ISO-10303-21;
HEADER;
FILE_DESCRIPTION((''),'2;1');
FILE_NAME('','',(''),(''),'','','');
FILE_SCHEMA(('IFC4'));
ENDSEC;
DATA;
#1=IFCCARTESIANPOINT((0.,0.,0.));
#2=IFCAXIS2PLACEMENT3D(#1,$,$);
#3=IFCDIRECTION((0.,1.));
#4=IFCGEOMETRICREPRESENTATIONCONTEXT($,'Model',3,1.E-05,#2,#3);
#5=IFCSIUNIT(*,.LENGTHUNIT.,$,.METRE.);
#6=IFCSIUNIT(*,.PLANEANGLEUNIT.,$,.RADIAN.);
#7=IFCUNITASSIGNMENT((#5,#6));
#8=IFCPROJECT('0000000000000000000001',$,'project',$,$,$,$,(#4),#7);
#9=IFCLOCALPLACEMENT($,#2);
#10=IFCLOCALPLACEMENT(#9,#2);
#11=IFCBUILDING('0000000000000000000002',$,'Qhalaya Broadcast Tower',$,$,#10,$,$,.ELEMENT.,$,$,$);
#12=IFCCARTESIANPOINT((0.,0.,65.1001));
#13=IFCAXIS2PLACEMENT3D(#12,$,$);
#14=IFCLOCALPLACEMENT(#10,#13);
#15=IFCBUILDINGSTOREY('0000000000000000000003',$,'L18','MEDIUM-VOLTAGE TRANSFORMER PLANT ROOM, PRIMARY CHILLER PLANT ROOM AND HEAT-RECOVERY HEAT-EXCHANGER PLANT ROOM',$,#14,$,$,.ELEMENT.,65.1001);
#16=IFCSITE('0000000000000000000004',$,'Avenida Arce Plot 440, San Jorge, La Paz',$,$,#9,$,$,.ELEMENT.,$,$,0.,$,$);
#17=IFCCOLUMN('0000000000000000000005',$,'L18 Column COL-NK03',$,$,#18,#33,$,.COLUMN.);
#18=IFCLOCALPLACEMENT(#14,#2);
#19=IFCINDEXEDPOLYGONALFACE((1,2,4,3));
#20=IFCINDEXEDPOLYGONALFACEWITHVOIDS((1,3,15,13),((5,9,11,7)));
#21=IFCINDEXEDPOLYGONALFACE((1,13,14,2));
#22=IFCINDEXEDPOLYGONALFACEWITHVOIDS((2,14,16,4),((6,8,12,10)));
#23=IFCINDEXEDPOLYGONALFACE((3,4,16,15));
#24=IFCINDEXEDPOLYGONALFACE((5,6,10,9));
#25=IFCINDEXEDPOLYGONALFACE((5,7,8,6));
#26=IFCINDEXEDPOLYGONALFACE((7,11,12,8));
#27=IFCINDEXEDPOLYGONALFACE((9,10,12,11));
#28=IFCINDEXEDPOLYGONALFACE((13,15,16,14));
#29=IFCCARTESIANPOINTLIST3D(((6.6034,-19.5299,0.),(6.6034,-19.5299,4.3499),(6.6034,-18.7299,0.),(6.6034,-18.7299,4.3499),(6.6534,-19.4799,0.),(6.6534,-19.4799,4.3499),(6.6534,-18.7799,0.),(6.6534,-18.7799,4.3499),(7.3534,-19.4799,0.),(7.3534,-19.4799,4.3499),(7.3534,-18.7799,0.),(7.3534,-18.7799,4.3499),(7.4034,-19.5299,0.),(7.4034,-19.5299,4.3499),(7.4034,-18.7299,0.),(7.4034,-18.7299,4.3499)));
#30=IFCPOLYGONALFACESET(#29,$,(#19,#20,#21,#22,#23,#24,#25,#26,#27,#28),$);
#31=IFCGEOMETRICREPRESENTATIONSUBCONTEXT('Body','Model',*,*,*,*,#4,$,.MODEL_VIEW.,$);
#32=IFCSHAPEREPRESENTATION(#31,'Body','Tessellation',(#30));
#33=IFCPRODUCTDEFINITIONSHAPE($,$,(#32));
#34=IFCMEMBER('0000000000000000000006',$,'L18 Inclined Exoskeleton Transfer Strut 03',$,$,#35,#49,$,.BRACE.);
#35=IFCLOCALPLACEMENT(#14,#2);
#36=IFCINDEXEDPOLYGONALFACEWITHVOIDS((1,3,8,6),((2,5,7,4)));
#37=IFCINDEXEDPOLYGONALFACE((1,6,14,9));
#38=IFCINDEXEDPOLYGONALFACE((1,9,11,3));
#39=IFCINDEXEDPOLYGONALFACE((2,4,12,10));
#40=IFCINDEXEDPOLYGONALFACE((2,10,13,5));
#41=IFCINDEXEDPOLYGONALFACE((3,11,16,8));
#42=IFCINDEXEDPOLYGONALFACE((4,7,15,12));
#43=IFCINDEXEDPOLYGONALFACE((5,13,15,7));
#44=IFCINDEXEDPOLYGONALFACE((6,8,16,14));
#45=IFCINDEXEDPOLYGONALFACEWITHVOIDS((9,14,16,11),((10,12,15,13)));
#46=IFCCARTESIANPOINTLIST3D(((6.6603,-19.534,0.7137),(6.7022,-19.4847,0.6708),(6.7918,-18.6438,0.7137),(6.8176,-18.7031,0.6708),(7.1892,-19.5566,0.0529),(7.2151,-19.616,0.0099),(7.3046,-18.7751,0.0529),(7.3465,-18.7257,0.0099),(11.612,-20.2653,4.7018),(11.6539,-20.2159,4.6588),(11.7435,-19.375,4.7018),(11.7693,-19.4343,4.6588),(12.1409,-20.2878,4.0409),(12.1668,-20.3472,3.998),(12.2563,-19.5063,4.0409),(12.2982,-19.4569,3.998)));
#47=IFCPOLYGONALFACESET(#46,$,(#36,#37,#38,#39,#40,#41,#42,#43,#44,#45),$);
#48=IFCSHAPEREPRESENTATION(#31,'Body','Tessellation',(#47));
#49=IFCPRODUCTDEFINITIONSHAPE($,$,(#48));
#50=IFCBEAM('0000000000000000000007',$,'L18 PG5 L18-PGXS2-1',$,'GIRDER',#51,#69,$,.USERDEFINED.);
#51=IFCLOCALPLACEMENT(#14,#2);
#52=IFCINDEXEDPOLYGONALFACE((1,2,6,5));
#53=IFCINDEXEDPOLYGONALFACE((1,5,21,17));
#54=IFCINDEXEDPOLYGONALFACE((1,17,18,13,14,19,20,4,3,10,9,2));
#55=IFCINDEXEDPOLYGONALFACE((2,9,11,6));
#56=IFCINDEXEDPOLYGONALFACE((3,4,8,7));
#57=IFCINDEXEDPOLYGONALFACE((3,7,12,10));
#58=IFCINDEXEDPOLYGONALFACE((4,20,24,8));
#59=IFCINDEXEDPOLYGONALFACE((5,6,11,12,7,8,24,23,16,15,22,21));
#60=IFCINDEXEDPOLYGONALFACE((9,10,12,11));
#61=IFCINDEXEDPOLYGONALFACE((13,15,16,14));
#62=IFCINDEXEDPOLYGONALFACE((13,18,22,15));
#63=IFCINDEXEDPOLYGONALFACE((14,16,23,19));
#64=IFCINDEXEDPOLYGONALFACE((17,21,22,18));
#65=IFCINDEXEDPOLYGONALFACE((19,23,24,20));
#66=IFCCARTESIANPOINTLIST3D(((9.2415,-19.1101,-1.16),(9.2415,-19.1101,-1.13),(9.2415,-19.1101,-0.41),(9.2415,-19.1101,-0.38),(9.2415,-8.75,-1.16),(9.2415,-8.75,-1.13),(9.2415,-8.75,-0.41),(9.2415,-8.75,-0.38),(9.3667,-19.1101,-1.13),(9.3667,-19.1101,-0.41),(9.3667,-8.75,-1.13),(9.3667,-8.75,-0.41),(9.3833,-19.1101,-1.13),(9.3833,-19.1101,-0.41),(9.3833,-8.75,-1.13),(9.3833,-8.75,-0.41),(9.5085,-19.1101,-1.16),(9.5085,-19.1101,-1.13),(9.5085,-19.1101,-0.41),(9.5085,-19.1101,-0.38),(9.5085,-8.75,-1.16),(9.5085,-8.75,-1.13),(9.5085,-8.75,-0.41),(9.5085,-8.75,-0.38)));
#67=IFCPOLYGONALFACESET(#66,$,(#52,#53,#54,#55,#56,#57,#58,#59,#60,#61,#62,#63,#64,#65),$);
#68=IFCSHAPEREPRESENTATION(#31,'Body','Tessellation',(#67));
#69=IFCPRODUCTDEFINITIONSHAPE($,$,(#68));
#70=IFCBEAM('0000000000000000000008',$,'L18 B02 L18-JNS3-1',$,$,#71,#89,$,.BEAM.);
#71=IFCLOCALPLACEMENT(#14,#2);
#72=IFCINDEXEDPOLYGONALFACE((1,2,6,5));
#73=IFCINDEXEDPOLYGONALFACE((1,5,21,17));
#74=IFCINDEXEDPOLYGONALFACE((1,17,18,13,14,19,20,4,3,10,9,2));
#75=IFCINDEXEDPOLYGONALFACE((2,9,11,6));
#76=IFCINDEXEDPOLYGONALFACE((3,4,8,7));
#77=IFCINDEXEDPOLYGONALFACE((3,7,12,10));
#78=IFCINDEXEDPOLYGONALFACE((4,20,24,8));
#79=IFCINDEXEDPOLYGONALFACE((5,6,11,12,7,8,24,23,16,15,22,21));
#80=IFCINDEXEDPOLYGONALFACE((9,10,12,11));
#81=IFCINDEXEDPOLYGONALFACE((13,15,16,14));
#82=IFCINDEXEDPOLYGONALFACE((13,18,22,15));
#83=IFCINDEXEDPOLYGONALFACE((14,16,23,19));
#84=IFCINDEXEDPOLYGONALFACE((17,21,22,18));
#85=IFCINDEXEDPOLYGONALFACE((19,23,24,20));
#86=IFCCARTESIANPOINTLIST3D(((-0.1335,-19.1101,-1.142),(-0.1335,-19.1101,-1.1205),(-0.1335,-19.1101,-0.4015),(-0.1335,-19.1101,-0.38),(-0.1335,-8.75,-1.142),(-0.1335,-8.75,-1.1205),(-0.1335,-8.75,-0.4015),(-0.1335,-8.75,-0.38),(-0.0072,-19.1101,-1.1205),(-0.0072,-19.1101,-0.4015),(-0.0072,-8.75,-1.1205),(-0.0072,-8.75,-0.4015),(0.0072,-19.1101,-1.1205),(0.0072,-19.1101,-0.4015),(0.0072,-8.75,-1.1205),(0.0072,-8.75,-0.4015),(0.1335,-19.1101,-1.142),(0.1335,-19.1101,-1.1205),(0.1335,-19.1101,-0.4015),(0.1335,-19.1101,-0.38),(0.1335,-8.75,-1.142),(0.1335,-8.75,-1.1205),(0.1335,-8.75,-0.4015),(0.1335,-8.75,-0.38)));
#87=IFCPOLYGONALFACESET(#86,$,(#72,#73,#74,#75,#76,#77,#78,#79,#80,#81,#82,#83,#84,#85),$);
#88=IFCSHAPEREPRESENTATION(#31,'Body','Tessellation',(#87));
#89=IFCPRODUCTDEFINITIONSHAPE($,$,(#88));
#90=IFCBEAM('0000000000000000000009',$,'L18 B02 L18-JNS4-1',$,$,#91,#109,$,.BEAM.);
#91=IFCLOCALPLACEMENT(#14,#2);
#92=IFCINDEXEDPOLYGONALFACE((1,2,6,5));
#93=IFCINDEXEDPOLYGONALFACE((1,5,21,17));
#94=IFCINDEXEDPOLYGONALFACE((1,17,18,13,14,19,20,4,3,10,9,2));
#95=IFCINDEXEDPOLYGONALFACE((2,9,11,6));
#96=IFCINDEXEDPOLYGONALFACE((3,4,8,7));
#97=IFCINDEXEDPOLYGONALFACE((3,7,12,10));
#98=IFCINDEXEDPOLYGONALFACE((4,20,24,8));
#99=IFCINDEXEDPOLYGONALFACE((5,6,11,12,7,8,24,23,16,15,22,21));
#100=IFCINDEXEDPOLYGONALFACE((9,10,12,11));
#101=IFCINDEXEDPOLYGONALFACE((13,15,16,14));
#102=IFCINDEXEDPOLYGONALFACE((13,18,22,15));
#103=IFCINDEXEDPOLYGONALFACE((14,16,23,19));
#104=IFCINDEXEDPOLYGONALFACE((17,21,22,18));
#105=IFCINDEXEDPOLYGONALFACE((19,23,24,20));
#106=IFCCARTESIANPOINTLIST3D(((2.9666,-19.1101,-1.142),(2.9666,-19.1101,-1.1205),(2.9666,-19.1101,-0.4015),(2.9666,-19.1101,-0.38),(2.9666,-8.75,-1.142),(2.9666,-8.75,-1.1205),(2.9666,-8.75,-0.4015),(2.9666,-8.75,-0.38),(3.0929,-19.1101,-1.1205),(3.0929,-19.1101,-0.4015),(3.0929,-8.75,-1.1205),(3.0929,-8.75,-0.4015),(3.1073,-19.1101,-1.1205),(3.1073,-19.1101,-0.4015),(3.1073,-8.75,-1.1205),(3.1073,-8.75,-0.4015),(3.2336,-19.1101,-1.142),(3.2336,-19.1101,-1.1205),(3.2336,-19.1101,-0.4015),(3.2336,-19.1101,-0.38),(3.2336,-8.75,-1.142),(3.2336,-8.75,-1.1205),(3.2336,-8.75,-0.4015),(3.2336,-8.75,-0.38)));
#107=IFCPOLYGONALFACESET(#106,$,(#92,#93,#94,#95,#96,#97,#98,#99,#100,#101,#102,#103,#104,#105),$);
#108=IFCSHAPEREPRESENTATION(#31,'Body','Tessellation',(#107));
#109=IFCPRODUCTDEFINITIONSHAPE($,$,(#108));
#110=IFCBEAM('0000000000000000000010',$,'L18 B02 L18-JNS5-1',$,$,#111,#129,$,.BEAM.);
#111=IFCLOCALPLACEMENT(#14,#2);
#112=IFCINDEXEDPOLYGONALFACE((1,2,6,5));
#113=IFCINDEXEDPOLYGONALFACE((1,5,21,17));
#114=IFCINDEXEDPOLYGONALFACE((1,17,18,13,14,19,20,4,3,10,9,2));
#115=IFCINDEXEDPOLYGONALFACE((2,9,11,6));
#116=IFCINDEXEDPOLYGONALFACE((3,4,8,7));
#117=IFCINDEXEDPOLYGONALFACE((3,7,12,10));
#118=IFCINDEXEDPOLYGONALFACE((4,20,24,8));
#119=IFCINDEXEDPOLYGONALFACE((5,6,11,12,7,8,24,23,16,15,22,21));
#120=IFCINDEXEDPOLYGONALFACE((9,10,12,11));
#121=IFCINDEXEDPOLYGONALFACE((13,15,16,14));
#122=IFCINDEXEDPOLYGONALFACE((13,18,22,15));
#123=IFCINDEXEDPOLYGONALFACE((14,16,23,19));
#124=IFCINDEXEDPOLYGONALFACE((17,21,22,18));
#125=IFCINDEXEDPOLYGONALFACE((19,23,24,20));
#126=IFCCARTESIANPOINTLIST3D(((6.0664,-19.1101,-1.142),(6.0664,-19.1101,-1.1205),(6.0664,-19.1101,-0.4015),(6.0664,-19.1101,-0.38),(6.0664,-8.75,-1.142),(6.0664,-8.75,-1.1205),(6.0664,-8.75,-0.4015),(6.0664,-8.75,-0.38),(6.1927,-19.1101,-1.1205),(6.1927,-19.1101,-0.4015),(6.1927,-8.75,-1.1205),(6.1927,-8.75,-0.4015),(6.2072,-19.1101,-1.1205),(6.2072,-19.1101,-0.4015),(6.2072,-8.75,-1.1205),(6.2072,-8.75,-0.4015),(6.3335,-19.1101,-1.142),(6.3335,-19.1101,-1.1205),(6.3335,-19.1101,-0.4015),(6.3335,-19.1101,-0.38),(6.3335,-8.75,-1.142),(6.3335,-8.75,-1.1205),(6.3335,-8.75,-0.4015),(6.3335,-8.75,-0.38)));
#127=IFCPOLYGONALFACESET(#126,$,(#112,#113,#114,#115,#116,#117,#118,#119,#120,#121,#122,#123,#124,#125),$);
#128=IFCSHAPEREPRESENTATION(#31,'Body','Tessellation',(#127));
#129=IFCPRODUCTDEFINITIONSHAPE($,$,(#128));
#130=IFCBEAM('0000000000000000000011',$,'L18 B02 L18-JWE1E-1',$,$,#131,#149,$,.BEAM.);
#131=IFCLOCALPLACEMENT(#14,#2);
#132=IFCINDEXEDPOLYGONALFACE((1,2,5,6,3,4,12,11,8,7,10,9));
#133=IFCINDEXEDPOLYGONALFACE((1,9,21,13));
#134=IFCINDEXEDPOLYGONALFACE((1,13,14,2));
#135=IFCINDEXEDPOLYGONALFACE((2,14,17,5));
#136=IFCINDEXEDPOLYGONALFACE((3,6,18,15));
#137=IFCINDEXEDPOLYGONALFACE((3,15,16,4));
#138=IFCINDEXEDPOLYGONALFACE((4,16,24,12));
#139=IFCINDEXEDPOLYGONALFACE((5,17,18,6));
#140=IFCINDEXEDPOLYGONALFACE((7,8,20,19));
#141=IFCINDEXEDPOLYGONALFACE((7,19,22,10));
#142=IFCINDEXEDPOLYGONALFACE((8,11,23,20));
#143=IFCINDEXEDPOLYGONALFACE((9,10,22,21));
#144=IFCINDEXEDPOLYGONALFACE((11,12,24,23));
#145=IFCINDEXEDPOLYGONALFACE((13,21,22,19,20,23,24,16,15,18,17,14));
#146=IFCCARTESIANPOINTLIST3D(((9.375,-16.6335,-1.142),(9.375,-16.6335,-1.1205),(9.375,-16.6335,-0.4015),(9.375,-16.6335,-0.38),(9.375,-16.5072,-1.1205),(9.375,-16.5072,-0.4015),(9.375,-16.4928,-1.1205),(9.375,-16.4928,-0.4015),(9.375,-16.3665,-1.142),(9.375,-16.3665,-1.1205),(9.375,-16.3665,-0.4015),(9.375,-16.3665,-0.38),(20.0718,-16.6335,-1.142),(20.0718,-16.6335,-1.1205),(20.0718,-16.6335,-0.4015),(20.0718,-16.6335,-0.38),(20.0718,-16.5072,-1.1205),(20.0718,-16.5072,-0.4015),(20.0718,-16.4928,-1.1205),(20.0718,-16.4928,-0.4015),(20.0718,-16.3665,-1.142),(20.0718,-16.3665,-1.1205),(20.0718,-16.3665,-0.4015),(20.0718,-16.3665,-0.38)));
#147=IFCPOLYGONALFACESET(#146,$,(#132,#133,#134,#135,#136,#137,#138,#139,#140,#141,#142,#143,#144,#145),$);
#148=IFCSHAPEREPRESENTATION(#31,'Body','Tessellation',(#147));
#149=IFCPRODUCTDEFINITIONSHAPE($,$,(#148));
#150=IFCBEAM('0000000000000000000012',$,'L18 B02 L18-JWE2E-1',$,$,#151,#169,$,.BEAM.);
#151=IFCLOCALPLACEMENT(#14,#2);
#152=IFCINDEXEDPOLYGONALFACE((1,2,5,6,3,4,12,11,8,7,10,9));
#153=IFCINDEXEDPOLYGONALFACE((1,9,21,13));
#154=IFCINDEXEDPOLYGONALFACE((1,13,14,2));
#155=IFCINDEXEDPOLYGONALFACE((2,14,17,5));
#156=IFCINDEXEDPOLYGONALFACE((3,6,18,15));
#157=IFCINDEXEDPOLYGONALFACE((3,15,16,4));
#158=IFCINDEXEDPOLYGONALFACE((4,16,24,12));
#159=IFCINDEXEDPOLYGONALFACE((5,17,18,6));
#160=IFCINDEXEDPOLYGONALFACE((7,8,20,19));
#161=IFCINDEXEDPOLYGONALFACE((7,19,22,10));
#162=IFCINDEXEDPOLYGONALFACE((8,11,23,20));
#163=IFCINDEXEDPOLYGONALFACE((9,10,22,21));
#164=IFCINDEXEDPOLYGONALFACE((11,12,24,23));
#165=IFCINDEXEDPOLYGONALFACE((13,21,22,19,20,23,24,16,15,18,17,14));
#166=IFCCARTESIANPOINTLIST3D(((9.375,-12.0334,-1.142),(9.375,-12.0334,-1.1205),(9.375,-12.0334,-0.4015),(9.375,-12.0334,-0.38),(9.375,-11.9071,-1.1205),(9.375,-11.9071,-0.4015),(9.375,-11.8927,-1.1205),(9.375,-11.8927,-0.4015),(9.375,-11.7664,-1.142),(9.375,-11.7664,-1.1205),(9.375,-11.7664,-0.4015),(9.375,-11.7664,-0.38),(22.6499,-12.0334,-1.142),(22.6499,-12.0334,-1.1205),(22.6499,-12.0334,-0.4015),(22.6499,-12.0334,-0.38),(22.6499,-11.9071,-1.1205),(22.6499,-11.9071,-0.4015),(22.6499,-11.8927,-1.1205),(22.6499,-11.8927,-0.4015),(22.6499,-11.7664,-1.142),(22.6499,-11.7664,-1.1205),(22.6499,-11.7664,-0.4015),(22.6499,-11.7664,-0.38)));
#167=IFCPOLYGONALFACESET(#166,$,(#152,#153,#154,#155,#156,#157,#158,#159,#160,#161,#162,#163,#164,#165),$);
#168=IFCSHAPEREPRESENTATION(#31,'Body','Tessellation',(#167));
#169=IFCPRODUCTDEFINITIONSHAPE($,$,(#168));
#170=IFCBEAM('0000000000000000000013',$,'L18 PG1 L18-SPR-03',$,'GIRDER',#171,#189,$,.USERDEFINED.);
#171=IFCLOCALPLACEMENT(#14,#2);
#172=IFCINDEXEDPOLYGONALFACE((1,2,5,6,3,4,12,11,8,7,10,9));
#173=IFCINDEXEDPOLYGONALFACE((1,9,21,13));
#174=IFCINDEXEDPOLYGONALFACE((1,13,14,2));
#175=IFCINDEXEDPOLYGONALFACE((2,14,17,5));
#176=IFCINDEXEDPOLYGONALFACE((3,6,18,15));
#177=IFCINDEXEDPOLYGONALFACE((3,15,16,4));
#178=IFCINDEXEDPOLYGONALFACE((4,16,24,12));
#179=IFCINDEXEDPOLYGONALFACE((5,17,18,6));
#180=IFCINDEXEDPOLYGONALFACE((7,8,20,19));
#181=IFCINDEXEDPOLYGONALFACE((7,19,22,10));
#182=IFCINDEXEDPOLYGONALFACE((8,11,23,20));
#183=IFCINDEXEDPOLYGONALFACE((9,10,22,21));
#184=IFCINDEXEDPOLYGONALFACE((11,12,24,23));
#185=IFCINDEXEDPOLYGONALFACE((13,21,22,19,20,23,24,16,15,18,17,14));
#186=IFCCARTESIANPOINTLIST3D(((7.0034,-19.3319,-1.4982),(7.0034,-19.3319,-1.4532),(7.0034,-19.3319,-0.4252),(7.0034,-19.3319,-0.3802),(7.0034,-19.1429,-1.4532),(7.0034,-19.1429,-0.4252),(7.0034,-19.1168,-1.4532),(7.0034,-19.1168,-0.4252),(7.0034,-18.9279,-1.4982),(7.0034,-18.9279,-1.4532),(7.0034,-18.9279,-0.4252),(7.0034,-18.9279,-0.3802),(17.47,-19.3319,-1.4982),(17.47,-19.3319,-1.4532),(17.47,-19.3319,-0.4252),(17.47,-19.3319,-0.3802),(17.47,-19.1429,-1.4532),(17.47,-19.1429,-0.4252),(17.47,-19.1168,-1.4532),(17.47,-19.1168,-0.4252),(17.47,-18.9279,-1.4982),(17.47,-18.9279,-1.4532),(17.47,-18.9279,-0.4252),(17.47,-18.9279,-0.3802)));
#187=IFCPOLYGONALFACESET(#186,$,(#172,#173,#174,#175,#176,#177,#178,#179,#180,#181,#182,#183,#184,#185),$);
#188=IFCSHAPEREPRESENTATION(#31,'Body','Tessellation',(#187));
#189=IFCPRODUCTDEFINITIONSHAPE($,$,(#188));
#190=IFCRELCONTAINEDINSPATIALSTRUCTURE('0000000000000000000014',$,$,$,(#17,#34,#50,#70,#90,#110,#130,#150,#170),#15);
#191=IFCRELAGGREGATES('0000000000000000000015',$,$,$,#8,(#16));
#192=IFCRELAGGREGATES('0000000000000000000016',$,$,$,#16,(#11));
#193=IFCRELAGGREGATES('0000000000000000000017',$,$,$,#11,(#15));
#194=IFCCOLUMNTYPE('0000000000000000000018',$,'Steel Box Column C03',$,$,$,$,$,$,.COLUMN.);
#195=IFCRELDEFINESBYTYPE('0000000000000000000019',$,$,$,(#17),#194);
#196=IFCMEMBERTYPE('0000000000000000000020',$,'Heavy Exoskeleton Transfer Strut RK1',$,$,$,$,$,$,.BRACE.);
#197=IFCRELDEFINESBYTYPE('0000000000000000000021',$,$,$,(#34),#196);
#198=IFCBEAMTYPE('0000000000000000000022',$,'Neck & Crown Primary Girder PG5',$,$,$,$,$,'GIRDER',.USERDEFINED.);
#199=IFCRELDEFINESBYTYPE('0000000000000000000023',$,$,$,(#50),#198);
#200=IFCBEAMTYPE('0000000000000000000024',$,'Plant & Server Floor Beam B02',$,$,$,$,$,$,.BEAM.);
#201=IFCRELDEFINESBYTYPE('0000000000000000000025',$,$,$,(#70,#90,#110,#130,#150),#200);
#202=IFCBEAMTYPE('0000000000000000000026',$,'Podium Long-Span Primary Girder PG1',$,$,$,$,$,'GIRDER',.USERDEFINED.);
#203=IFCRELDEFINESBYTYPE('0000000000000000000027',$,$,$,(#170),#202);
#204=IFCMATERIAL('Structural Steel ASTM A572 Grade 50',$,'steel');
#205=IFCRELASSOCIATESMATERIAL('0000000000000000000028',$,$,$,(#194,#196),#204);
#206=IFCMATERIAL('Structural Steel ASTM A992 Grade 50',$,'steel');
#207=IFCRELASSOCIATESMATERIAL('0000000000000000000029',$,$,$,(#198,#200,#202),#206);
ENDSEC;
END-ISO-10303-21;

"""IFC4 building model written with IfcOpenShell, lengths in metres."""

from ifc_helpers import new_model, si_unit, direction, frame, origin, origin_2d, place, context, subcontext, project, spatial, hollow_rectangle, i_section, extrude, material, material_profile, profile_set, type_object, element, save


model = new_model("IFC4")

# Units and contexts
model_context = context("Model", 3, precision=1e-05, world=origin(), true_north=direction((0.0, 1.0)))
body_context = subcontext(model_context, "Body", "Model", "MODEL_VIEW")
ifc_project = project(units=[si_unit("LENGTHUNIT", "METRE"), si_unit("PLANEANGLEUNIT", "RADIAN")], contexts=[model_context])

# Site, building, storey
site_placement = place(None, origin())
site = spatial("IfcSite", under=ifc_project, at=site_placement, Name="Avenida Arce Plot 440, San Jorge, La Paz", CompositionType="ELEMENT", RefElevation=0.0)
building_placement = place(site_placement, origin())
building = spatial("IfcBuilding", under=site, at=building_placement, Name="Qhalaya Broadcast Tower", CompositionType="ELEMENT")
storey_placement = place(building_placement, frame((0.0, 0.0, 65.1001)))
storey = spatial("IfcBuildingStorey", under=building, at=storey_placement, Name="L18", Description="MEDIUM-VOLTAGE TRANSFORMER PLANT ROOM, PRIMARY CHILLER PLANT ROOM AND HEAT-RECOVERY HEAT-EXCHANGER PLANT ROOM", CompositionType="ELEMENT", Elevation=65.1001)

# Column
ifc_material_1 = material(Name="Structural Steel ASTM A572 Grade 50", Category="steel")
ifc_material_profile_1 = material_profile(ifc_material_1, hollow_rectangle(XDim=0.8, YDim=0.8, WallThickness=0.05, at=origin_2d()), Name="BOX 800x800x50")
ifc_profile_set_1 = profile_set([ifc_material_profile_1], Name="Structural Steel ASTM A572 Grade 50")
column_type = type_object("IfcColumnType", Name="Steel Box Column C03", PredefinedType="COLUMN", material=ifc_profile_set_1)
column_placement = place(storey_placement, frame((7.0034, -19.1299, 0.0), z_axis=(0.0, 0.0, 1.0), x_axis=(1.0, 0.0, 0.0)))
element("IfcColumn", 1, at=column_placement, inside=storey, type_object=column_type, Name="L18 Column COL-NK03", PredefinedType="COLUMN", context=body_context, shape_type="SweptSolid", body=[
    extrude(hollow_rectangle(XDim=0.8, YDim=0.8, WallThickness=0.05, at=origin_2d()), origin(), (0.0, 0.0, 1.0), 4.3499),
])

# Member
ifc_material_profile_2 = material_profile(ifc_material_1, hollow_rectangle(XDim=0.8999, YDim=0.8999, WallThickness=0.0549, at=origin_2d()), Name="BOX 900x900x55")
ifc_profile_set_2 = profile_set([ifc_material_profile_2], Name="Structural Steel ASTM A572 Grade 50")
member_type = type_object("IfcMemberType", Name="Heavy Exoskeleton Transfer Strut RK1", PredefinedType="BRACE", material=ifc_profile_set_2)
member_placement = place(storey_placement, frame((7.0034, -19.1299, 0.3618), z_axis=(0.773715, -0.114253, 0.623146), x_axis=(0.146084, 0.989272, 0.0)))
element("IfcMember", 2, at=member_placement, inside=storey, type_object=member_type, Name="L18 Inclined Exoskeleton Transfer Strut 03", PredefinedType="BRACE", context=body_context, shape_type="SweptSolid", body=[
    extrude(hollow_rectangle(XDim=0.8999, YDim=0.8999, WallThickness=0.0549, at=origin_2d()), origin(), (0.0, 0.0, 1.0), 6.3999),
])

# Beams
ifc_material_2 = material(Name="Structural Steel ASTM A992 Grade 50", Category="steel")
ifc_material_profile_3 = material_profile(ifc_material_2, i_section(OverallWidth=0.2671, OverallDepth=0.78, WebThickness=0.0166, FlangeThickness=0.03, at=origin_2d()), Name="W30X148")
ifc_profile_set_3 = profile_set([ifc_material_profile_3], Name="Structural Steel ASTM A992 Grade 50")
beam_type_1 = type_object("IfcBeamType", Name="Neck & Crown Primary Girder PG5", ElementType="GIRDER", PredefinedType="USERDEFINED", material=ifc_profile_set_3)
beam_1_placement = place(storey_placement, frame((9.375, -19.1101, -0.77), z_axis=(0.0, 1.0, 0.0), x_axis=(-1.0, 0.0, 0.0)))
element("IfcBeam", 3, at=beam_1_placement, inside=storey, type_object=beam_type_1, Name="L18 PG5 L18-PGXS2-1", ObjectType="GIRDER", PredefinedType="USERDEFINED", context=body_context, shape_type="SweptSolid", body=[
    extrude(i_section(OverallWidth=0.2671, OverallDepth=0.78, WebThickness=0.0166, FlangeThickness=0.03, at=origin_2d()), origin(), (0.0, 0.0, 1.0), 10.3601),
])
ifc_material_profile_4 = material_profile(ifc_material_2, i_section(OverallWidth=0.2671, OverallDepth=0.762, WebThickness=0.0144, FlangeThickness=0.0215, at=origin_2d()), Name="W30X116")
ifc_profile_set_4 = profile_set([ifc_material_profile_4], Name="Structural Steel ASTM A992 Grade 50")
beam_type_2 = type_object("IfcBeamType", Name="Plant & Server Floor Beam B02", PredefinedType="BEAM", material=ifc_profile_set_4)
for number, where, z_axis, x_axis, name in (
    (4, (0.0, -19.1101, -0.761), (0.0, 1.0, 0.0), (-1.0, 0.0, 0.0), "L18 B02 L18-JNS3-1"),
    (5, (3.1001, -19.1101, -0.761), (0.0, 1.0, 0.0), (-1.0, 0.0, 0.0), "L18 B02 L18-JNS4-1"),
    (6, (6.2, -19.1101, -0.761), (0.0, 1.0, 0.0), (-1.0, 0.0, 0.0), "L18 B02 L18-JNS5-1"),
):
    element("IfcBeam", number, at=place(storey_placement, frame(where, z_axis=z_axis, x_axis=x_axis)), inside=storey, type_object=beam_type_2, Name=name, PredefinedType="BEAM", context=body_context, shape_type="SweptSolid", body=[
        extrude(i_section(OverallWidth=0.2671, OverallDepth=0.762, WebThickness=0.0144, FlangeThickness=0.0215, at=origin_2d()), origin(), (0.0, 0.0, 1.0), 10.3601),
    ])
beam_2_placement = place(storey_placement, frame((9.375, -16.5, -0.761), z_axis=(1.0, 0.0, 0.0), x_axis=(0.0, 1.0, 0.0)))
element("IfcBeam", 7, at=beam_2_placement, inside=storey, type_object=beam_type_2, Name="L18 B02 L18-JWE1E-1", PredefinedType="BEAM", context=body_context, shape_type="SweptSolid", body=[
    extrude(i_section(OverallWidth=0.2671, OverallDepth=0.762, WebThickness=0.0144, FlangeThickness=0.0215, at=origin_2d()), origin(), (0.0, 0.0, 1.0), 10.6968),
])
beam_3_placement = place(storey_placement, frame((9.375, -11.8999, -0.761), z_axis=(1.0, 0.0, 0.0), x_axis=(0.0, 1.0, 0.0)))
element("IfcBeam", 8, at=beam_3_placement, inside=storey, type_object=beam_type_2, Name="L18 B02 L18-JWE2E-1", PredefinedType="BEAM", context=body_context, shape_type="SweptSolid", body=[
    extrude(i_section(OverallWidth=0.2671, OverallDepth=0.762, WebThickness=0.0144, FlangeThickness=0.0215, at=origin_2d()), origin(), (0.0, 0.0, 1.0), 13.2749),
])
ifc_material_profile_5 = material_profile(ifc_material_2, i_section(OverallWidth=0.4041, OverallDepth=1.1179, WebThickness=0.0261, FlangeThickness=0.0449, at=origin_2d()), Name="W44X335")
ifc_profile_set_5 = profile_set([ifc_material_profile_5], Name="Structural Steel ASTM A992 Grade 50")
beam_type_3 = type_object("IfcBeamType", Name="Podium Long-Span Primary Girder PG1", ElementType="GIRDER", PredefinedType="USERDEFINED", material=ifc_profile_set_5)
beam_4_placement = place(storey_placement, frame((7.0034, -19.1299, -0.9392), z_axis=(1.0, 0.0, 0.0), x_axis=(0.0, 1.0, 0.0)))
element("IfcBeam", 9, at=beam_4_placement, inside=storey, type_object=beam_type_3, Name="L18 PG1 L18-SPR-03", ObjectType="GIRDER", PredefinedType="USERDEFINED", context=body_context, shape_type="SweptSolid", body=[
    extrude(i_section(OverallWidth=0.4041, OverallDepth=1.1179, WebThickness=0.0261, FlangeThickness=0.0449, at=origin_2d()), origin(), (0.0, 0.0, 1.0), 10.4666),
])

save(model, "model.ifc")
